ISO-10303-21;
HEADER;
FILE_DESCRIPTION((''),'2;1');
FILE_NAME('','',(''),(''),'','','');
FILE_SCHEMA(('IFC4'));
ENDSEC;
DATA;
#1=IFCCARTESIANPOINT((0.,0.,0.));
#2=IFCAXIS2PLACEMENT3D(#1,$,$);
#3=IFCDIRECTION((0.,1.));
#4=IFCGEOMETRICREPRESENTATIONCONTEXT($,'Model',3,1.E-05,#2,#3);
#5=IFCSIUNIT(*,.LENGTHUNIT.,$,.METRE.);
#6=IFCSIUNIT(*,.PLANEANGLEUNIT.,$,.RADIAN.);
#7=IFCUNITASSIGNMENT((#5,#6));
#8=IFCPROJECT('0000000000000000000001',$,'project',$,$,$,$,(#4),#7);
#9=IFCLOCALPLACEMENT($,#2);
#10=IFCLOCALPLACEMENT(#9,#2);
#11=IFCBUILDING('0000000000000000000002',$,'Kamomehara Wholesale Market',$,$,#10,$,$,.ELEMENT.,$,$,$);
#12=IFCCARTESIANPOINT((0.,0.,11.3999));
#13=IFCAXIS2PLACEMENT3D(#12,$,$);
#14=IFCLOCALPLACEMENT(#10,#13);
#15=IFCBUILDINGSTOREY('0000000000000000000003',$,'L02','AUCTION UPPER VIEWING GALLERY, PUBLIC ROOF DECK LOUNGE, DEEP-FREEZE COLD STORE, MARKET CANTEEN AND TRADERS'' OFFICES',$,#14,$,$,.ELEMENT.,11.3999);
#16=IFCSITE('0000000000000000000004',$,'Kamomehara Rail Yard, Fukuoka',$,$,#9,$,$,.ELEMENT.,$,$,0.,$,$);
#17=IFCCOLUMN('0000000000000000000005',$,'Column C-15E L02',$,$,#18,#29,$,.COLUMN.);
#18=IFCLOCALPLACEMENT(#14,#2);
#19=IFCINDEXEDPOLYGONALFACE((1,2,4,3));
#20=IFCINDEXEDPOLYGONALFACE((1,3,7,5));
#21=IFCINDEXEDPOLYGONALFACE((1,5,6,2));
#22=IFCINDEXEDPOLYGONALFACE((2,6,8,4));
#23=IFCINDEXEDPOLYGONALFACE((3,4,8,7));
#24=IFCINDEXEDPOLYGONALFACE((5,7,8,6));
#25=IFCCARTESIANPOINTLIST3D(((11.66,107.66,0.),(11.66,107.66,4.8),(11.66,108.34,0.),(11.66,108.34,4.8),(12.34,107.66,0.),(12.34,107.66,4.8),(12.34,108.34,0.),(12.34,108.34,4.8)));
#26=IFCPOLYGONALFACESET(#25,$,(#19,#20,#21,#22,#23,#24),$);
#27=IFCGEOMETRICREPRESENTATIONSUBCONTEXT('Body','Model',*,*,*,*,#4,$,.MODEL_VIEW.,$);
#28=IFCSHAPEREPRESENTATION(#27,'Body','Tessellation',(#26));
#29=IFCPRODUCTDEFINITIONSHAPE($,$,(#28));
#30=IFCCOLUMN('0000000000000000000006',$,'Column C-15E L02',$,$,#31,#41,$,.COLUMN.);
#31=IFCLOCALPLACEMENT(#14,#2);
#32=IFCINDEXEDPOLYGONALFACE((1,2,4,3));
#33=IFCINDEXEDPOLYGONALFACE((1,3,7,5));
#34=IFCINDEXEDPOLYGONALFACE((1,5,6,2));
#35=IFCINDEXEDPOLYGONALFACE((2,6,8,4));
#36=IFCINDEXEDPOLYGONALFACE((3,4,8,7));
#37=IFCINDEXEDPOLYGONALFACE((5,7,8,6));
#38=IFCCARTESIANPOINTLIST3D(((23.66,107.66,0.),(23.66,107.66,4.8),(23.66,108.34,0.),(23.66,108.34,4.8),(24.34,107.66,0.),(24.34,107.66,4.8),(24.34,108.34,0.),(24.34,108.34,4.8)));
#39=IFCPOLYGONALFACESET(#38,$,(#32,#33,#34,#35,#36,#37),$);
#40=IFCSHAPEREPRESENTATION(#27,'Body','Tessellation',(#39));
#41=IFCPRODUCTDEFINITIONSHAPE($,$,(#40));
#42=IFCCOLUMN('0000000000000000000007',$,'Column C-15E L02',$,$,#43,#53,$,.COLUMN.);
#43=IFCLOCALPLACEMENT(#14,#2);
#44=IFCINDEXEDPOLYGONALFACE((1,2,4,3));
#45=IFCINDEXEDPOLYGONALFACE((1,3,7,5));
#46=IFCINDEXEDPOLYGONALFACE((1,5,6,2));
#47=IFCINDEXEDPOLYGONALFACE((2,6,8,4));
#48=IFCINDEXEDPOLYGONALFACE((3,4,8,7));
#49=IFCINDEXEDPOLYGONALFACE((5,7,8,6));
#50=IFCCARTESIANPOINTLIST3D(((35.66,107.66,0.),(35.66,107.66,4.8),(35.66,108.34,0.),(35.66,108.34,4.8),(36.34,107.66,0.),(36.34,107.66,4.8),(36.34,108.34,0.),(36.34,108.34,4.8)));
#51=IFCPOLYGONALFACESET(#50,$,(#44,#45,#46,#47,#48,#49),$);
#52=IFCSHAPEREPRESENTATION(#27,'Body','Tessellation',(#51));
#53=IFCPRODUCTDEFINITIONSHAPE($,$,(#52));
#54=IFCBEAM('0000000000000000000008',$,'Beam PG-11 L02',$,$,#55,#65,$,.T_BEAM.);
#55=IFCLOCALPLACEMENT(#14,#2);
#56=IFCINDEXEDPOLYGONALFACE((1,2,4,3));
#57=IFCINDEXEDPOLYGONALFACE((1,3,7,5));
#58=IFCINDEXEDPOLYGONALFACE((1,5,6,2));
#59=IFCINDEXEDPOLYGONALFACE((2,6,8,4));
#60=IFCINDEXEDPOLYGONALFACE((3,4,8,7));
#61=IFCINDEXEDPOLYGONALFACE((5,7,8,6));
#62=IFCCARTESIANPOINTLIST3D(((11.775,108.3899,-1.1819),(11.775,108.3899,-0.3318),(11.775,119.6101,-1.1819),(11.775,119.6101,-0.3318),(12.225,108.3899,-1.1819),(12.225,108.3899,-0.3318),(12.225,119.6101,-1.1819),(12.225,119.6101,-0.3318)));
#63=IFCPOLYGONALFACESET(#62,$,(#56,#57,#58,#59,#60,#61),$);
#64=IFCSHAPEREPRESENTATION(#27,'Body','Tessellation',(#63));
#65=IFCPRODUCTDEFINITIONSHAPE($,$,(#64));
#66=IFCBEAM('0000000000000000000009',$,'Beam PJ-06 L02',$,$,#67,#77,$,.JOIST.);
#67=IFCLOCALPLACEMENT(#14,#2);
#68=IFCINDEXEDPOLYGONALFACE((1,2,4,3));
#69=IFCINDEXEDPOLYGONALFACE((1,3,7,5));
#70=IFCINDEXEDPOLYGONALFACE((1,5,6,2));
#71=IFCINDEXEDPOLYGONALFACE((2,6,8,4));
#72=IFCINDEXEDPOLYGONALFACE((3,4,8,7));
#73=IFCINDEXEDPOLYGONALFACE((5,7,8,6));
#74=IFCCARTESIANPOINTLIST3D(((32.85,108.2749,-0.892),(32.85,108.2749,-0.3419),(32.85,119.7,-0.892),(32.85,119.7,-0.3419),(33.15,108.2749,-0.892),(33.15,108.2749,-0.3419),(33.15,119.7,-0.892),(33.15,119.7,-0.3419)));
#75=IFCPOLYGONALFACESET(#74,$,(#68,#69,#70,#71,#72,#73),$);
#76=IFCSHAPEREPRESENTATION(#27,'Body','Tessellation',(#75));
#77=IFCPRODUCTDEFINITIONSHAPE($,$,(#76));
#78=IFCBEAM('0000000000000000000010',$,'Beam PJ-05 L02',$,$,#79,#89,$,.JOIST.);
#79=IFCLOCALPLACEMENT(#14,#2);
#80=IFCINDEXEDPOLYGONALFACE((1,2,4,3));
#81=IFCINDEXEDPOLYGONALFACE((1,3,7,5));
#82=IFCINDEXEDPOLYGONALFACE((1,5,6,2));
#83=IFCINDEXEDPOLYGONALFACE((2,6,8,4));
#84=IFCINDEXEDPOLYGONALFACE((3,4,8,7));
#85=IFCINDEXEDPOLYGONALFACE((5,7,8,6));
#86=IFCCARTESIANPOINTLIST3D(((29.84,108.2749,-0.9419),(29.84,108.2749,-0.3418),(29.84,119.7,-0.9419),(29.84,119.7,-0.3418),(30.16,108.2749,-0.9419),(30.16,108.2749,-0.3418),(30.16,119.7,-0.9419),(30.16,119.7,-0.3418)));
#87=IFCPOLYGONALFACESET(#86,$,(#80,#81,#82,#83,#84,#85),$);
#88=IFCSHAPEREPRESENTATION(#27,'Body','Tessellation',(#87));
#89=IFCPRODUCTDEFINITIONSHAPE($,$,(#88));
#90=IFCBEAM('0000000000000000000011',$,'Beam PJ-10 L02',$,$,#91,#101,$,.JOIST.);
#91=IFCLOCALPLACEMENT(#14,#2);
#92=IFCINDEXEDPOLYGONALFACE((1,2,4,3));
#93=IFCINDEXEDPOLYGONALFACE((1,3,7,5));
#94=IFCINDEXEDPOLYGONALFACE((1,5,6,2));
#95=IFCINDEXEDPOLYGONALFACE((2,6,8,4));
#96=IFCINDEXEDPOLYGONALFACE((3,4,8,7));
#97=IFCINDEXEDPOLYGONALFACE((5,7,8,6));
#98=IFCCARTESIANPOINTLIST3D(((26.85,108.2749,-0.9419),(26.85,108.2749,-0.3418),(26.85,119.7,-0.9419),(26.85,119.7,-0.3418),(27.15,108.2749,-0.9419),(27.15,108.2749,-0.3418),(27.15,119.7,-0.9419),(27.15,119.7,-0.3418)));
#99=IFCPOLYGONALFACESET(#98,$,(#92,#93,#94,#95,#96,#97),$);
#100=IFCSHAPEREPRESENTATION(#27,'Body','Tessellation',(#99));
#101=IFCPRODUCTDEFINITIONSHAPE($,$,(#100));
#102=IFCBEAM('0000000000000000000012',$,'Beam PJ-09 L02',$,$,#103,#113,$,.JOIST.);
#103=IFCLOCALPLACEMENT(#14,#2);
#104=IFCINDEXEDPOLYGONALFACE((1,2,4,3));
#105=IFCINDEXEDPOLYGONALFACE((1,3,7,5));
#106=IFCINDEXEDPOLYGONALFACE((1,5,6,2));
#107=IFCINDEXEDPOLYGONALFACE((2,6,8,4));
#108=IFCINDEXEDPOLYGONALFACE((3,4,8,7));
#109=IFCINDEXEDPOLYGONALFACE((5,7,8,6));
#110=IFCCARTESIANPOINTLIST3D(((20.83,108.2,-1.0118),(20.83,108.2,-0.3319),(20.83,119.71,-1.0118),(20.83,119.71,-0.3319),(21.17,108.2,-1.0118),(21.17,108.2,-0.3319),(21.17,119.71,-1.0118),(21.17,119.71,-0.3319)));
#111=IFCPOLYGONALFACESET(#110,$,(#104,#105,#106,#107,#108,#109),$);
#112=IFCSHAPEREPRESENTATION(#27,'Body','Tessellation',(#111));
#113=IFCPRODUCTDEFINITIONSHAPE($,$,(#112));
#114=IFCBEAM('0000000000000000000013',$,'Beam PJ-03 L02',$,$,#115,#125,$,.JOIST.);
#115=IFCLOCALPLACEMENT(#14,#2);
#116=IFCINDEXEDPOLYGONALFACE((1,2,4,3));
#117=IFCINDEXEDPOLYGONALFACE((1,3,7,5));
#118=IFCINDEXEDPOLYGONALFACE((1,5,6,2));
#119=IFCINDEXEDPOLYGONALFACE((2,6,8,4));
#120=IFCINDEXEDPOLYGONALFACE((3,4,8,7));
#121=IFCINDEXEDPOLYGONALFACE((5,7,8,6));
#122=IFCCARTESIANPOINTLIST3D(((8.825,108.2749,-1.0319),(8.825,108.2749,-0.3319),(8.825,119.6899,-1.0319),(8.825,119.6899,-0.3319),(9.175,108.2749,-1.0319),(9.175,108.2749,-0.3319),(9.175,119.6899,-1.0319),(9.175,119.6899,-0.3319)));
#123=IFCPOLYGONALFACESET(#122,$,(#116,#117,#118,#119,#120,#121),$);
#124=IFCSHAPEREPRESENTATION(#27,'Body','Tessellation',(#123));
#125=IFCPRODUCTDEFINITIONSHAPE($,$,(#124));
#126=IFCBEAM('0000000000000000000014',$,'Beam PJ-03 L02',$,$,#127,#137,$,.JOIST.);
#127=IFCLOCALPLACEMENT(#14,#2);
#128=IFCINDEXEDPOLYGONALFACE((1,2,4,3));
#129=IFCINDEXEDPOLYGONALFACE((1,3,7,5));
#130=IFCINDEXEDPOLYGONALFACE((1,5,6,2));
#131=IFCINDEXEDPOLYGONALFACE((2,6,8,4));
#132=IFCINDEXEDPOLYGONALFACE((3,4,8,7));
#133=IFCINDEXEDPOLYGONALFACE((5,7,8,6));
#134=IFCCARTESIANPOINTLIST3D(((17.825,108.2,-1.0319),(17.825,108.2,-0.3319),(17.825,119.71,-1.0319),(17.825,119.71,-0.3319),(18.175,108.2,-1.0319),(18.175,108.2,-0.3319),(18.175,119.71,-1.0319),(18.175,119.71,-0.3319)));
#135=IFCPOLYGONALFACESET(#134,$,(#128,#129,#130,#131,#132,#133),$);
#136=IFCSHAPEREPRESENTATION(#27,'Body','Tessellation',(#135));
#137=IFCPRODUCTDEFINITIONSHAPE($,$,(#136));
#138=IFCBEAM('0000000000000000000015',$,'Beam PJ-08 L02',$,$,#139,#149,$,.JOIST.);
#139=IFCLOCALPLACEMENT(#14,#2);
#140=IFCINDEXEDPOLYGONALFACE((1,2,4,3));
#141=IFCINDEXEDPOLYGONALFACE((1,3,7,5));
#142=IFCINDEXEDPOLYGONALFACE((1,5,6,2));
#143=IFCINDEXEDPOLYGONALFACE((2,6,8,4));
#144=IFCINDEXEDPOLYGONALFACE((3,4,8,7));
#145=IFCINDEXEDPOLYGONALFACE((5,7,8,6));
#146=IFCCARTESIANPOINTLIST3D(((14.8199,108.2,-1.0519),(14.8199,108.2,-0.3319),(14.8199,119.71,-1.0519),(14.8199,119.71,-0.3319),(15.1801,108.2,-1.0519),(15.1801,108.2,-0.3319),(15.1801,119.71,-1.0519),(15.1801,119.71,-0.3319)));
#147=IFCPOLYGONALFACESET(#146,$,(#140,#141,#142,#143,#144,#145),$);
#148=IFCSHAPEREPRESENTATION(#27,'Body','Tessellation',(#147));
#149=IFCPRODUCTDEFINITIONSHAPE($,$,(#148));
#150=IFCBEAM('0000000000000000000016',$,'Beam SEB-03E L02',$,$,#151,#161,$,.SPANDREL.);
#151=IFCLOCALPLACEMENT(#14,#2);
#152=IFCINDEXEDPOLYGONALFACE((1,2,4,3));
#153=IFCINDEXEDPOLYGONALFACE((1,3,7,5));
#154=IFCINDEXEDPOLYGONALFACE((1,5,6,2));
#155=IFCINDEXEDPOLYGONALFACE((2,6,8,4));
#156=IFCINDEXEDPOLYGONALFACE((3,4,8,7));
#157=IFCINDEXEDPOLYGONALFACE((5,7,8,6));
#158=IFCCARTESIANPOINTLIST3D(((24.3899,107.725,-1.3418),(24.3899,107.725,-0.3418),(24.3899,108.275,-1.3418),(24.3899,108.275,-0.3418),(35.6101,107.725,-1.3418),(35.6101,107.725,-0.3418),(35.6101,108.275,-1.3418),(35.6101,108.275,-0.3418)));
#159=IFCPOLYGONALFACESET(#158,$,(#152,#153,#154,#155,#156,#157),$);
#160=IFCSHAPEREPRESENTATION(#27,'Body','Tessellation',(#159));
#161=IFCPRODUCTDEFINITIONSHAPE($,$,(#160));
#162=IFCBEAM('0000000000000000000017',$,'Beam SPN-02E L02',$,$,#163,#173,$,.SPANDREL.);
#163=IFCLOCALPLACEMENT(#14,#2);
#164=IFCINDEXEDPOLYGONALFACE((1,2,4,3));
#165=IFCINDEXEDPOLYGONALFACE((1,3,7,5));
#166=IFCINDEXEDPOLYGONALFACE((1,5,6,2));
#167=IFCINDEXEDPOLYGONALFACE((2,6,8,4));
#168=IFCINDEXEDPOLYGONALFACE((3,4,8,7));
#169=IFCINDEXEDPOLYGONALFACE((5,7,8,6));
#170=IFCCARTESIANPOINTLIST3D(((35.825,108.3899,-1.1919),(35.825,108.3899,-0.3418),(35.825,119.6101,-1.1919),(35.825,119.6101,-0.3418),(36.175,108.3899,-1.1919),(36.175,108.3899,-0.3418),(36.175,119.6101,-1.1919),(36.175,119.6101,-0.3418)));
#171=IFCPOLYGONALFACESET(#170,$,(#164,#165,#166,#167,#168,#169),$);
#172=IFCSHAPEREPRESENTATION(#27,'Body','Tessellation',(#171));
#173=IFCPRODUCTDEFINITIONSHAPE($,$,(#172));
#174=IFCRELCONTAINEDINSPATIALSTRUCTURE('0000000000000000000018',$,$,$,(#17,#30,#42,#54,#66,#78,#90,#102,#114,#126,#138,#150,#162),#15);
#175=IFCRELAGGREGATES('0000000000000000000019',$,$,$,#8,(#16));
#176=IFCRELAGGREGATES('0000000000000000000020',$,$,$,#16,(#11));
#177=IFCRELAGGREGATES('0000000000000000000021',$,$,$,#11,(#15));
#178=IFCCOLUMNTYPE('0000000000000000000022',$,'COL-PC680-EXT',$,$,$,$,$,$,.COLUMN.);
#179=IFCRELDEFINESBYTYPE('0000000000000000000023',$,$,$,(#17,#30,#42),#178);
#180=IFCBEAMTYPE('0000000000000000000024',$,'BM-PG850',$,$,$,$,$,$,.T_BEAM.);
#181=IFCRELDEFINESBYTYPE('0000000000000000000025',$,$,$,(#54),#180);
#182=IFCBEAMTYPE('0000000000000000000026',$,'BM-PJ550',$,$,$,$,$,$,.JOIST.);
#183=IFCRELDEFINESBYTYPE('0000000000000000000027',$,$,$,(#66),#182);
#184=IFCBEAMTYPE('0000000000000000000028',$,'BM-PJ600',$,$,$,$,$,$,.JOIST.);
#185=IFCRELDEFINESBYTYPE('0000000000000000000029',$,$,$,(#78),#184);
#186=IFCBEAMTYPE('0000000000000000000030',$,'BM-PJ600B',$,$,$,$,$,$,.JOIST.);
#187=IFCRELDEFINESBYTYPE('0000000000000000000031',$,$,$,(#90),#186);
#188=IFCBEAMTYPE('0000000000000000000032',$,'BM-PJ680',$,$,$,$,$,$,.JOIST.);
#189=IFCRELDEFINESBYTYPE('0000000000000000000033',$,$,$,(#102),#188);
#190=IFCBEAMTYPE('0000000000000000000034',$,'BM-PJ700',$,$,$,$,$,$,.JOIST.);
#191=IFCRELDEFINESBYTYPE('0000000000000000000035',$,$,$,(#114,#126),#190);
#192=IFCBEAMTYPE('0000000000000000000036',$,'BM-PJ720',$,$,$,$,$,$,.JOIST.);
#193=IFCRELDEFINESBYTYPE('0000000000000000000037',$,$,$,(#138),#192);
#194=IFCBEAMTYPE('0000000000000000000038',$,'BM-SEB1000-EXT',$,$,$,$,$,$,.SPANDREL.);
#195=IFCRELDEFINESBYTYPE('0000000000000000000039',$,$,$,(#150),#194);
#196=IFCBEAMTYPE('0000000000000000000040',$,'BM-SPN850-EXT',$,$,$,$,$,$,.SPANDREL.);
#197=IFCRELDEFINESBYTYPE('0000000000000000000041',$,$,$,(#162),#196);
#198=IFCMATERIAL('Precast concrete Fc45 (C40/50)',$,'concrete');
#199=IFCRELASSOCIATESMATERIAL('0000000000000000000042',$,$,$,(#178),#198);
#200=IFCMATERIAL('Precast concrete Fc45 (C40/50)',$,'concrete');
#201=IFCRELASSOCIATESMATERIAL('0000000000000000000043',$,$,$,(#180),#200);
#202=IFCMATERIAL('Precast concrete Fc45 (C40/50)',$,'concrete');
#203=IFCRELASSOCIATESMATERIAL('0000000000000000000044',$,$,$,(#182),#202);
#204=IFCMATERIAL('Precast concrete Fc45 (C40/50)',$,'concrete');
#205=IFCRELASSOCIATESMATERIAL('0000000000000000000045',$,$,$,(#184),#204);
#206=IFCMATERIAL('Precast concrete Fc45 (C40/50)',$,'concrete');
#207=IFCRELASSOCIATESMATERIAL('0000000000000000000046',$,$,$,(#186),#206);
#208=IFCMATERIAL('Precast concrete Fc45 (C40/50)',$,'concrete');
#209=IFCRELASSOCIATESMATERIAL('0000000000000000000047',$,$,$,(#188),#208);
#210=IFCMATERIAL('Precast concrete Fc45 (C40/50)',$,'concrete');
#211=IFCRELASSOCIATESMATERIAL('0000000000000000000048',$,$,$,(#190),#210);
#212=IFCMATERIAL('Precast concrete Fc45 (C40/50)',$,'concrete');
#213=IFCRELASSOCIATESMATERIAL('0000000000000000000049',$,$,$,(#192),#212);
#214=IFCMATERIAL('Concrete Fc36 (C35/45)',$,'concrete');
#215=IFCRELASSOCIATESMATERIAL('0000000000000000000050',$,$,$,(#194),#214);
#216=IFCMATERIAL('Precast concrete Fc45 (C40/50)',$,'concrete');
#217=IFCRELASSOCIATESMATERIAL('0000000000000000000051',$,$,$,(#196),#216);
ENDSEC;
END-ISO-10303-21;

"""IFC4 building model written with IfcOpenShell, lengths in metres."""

from ifc_helpers import new_model, si_unit, direction, frame, origin, origin_2d, place, context, subcontext, project, spatial, rectangle, extrude, material, material_profile, profile_set, type_object, element, save


model = new_model("IFC4")

# Units and contexts
model_context = context("Model", 3, precision=1e-05, world=origin(), true_north=direction((0.0, 1.0)))
body_context = subcontext(model_context, "Body", "Model", "MODEL_VIEW")
ifc_project = project(units=[si_unit("LENGTHUNIT", "METRE"), si_unit("PLANEANGLEUNIT", "RADIAN")], contexts=[model_context])

# Site, building, storey
site_placement = place(None, origin())
site = spatial("IfcSite", under=ifc_project, at=site_placement, Name="Kamomehara Rail Yard, Fukuoka", CompositionType="ELEMENT", RefElevation=0.0)
building_placement = place(site_placement, origin())
building = spatial("IfcBuilding", under=site, at=building_placement, Name="Kamomehara Wholesale Market", CompositionType="ELEMENT")
storey_placement = place(building_placement, frame((0.0, 0.0, 11.3999)))
storey = spatial("IfcBuildingStorey", under=building, at=storey_placement, Name="L02", Description="AUCTION UPPER VIEWING GALLERY, PUBLIC ROOF DECK LOUNGE, DEEP-FREEZE COLD STORE, MARKET CANTEEN AND TRADERS' OFFICES", CompositionType="ELEMENT", Elevation=11.3999)

# Columns
ifc_material_1 = material(Name="Precast concrete Fc45 (C40/50)", Category="concrete")
ifc_material_profile_1 = material_profile(ifc_material_1, rectangle(XDim=0.6799, YDim=0.6799, at=origin_2d()), Name="PC-COL-680x680")
ifc_profile_set_1 = profile_set([ifc_material_profile_1], Name="Precast concrete Fc45 (C40/50)")
column_type = type_object("IfcColumnType", Name="COL-PC680-EXT", PredefinedType="COLUMN", material=ifc_profile_set_1)
for number, where, z_axis, x_axis, name in (
    (1, (12.0, 108.0, 0.0), (0.0, 0.0, 1.0), (1.0, 0.0, 0.0), "Column C-15E L02"),
    (2, (24.0, 108.0, 0.0), (0.0, 0.0, 1.0), (1.0, 0.0, 0.0), "Column C-15E L02"),
    (3, (36.0, 108.0, 0.0), (0.0, 0.0, 1.0), (1.0, 0.0, 0.0), "Column C-15E L02"),
):
    element("IfcColumn", number, at=place(storey_placement, frame(where, z_axis=z_axis, x_axis=x_axis)), inside=storey, type_object=column_type, Name=name, PredefinedType="COLUMN", context=body_context, shape_type="SweptSolid", body=[
        extrude(rectangle(XDim=0.6799, YDim=0.6799, at=origin_2d()), origin(), (0.0, 0.0, 1.0), 4.8),
    ])

# Beams
ifc_material_2 = material(Name="Precast concrete Fc45 (C40/50)", Category="concrete")
ifc_material_profile_2 = material_profile(ifc_material_2, rectangle(XDim=0.45, YDim=0.8501, at=origin_2d()), Name="PC-GRD-450x850")
ifc_profile_set_2 = profile_set([ifc_material_profile_2], Name="Precast concrete Fc45 (C40/50)")
beam_type_1 = type_object("IfcBeamType", Name="BM-PG850", PredefinedType="T_BEAM", material=ifc_profile_set_2)
beam_1_placement = place(storey_placement, frame((12.0, 108.3899, -0.7568), z_axis=(0.0, 1.0, 0.0), x_axis=(-1.0, 0.0, 0.0)))
element("IfcBeam", 4, at=beam_1_placement, inside=storey, type_object=beam_type_1, Name="Beam PG-11 L02", PredefinedType="T_BEAM", context=body_context, shape_type="SweptSolid", body=[
    extrude(rectangle(XDim=0.45, YDim=0.8501, at=origin_2d()), origin(), (0.0, 0.0, 1.0), 11.2202),
])
ifc_material_3 = material(Name="Precast concrete Fc45 (C40/50)", Category="concrete")
ifc_material_profile_3 = material_profile(ifc_material_3, rectangle(XDim=0.3, YDim=0.55, at=origin_2d()), Name="PC-JST-300x550")
ifc_profile_set_3 = profile_set([ifc_material_profile_3], Name="Precast concrete Fc45 (C40/50)")
beam_type_2 = type_object("IfcBeamType", Name="BM-PJ550", PredefinedType="JOIST", material=ifc_profile_set_3)
beam_2_placement = place(storey_placement, frame((33.0, 108.2749, -0.6169), z_axis=(0.0, 1.0, 0.0), x_axis=(-1.0, 0.0, 0.0)))
element("IfcBeam", 5, at=beam_2_placement, inside=storey, type_object=beam_type_2, Name="Beam PJ-06 L02", PredefinedType="JOIST", context=body_context, shape_type="SweptSolid", body=[
    extrude(rectangle(XDim=0.3, YDim=0.55, at=origin_2d()), origin(), (0.0, 0.0, 1.0), 11.425),
])
ifc_material_4 = material(Name="Precast concrete Fc45 (C40/50)", Category="concrete")
ifc_material_profile_4 = material_profile(ifc_material_4, rectangle(XDim=0.3201, YDim=0.6001, at=origin_2d()), Name="PC-JST-320x600")
ifc_profile_set_4 = profile_set([ifc_material_profile_4], Name="Precast concrete Fc45 (C40/50)")
beam_type_3 = type_object("IfcBeamType", Name="BM-PJ600", PredefinedType="JOIST", material=ifc_profile_set_4)
beam_3_placement = place(storey_placement, frame((30.0, 108.2749, -0.6418), z_axis=(0.0, 1.0, 0.0), x_axis=(-1.0, 0.0, 0.0)))
element("IfcBeam", 6, at=beam_3_placement, inside=storey, type_object=beam_type_3, Name="Beam PJ-05 L02", PredefinedType="JOIST", context=body_context, shape_type="SweptSolid", body=[
    extrude(rectangle(XDim=0.3201, YDim=0.6001, at=origin_2d()), origin(), (0.0, 0.0, 1.0), 11.425),
])
ifc_material_5 = material(Name="Precast concrete Fc45 (C40/50)", Category="concrete")
ifc_material_profile_5 = material_profile(ifc_material_5, rectangle(XDim=0.3, YDim=0.6001, at=origin_2d()), Name="PC-JST-300x600")
ifc_profile_set_5 = profile_set([ifc_material_profile_5], Name="Precast concrete Fc45 (C40/50)")
beam_type_4 = type_object("IfcBeamType", Name="BM-PJ600B", PredefinedType="JOIST", material=ifc_profile_set_5)
beam_4_placement = place(storey_placement, frame((27.0, 108.2749, -0.6418), z_axis=(0.0, 1.0, 0.0), x_axis=(-1.0, 0.0, 0.0)))
element("IfcBeam", 7, at=beam_4_placement, inside=storey, type_object=beam_type_4, Name="Beam PJ-10 L02", PredefinedType="JOIST", context=body_context, shape_type="SweptSolid", body=[
    extrude(rectangle(XDim=0.3, YDim=0.6001, at=origin_2d()), origin(), (0.0, 0.0, 1.0), 11.425),
])
ifc_material_6 = material(Name="Precast concrete Fc45 (C40/50)", Category="concrete")
ifc_material_profile_6 = material_profile(ifc_material_6, rectangle(XDim=0.3401, YDim=0.6799, at=origin_2d()), Name="PC-JST-340x680")
ifc_profile_set_6 = profile_set([ifc_material_profile_6], Name="Precast concrete Fc45 (C40/50)")
beam_type_5 = type_object("IfcBeamType", Name="BM-PJ680", PredefinedType="JOIST", material=ifc_profile_set_6)
beam_5_placement = place(storey_placement, frame((21.0, 108.2, -0.6719), z_axis=(0.0, 1.0, 0.0), x_axis=(-1.0, 0.0, 0.0)))
element("IfcBeam", 8, at=beam_5_placement, inside=storey, type_object=beam_type_5, Name="Beam PJ-09 L02", PredefinedType="JOIST", context=body_context, shape_type="SweptSolid", body=[
    extrude(rectangle(XDim=0.3401, YDim=0.6799, at=origin_2d()), origin(), (0.0, 0.0, 1.0), 11.51),
])
ifc_material_7 = material(Name="Precast concrete Fc45 (C40/50)", Category="concrete")
ifc_material_profile_7 = material_profile(ifc_material_7, rectangle(XDim=0.3501, YDim=0.7, at=origin_2d()), Name="PC-JST-350x700")
ifc_profile_set_7 = profile_set([ifc_material_profile_7], Name="Precast concrete Fc45 (C40/50)")
beam_type_6 = type_object("IfcBeamType", Name="BM-PJ700", PredefinedType="JOIST", material=ifc_profile_set_7)
beam_6_placement = place(storey_placement, frame((9.0, 108.2749, -0.6819), z_axis=(0.0, 1.0, 0.0), x_axis=(-1.0, 0.0, 0.0)))
element("IfcBeam", 9, at=beam_6_placement, inside=storey, type_object=beam_type_6, Name="Beam PJ-03 L02", PredefinedType="JOIST", context=body_context, shape_type="SweptSolid", body=[
    extrude(rectangle(XDim=0.3501, YDim=0.7, at=origin_2d()), origin(), (0.0, 0.0, 1.0), 11.415),
])
beam_7_placement = place(storey_placement, frame((18.0, 108.2, -0.6819), z_axis=(0.0, 1.0, 0.0), x_axis=(-1.0, 0.0, 0.0)))
element("IfcBeam", 10, at=beam_7_placement, inside=storey, type_object=beam_type_6, Name="Beam PJ-03 L02", PredefinedType="JOIST", context=body_context, shape_type="SweptSolid", body=[
    extrude(rectangle(XDim=0.3501, YDim=0.7, at=origin_2d()), origin(), (0.0, 0.0, 1.0), 11.51),
])
ifc_material_8 = material(Name="Precast concrete Fc45 (C40/50)", Category="concrete")
ifc_material_profile_8 = material_profile(ifc_material_8, rectangle(XDim=0.3601, YDim=0.72, at=origin_2d()), Name="PC-JST-360x720")
ifc_profile_set_8 = profile_set([ifc_material_profile_8], Name="Precast concrete Fc45 (C40/50)")
beam_type_7 = type_object("IfcBeamType", Name="BM-PJ720", PredefinedType="JOIST", material=ifc_profile_set_8)
beam_8_placement = place(storey_placement, frame((15.0, 108.2, -0.6919), z_axis=(0.0, 1.0, 0.0), x_axis=(-1.0, 0.0, 0.0)))
element("IfcBeam", 11, at=beam_8_placement, inside=storey, type_object=beam_type_7, Name="Beam PJ-08 L02", PredefinedType="JOIST", context=body_context, shape_type="SweptSolid", body=[
    extrude(rectangle(XDim=0.3601, YDim=0.72, at=origin_2d()), origin(), (0.0, 0.0, 1.0), 11.51),
])
ifc_material_9 = material(Name="Concrete Fc36 (C35/45)", Category="concrete")
ifc_material_profile_9 = material_profile(ifc_material_9, rectangle(XDim=0.55, YDim=1.0, at=origin_2d()), Name="RC-SEB-550x1000")
ifc_profile_set_9 = profile_set([ifc_material_profile_9], Name="Concrete Fc36 (C35/45)")
beam_type_8 = type_object("IfcBeamType", Name="BM-SEB1000-EXT", PredefinedType="SPANDREL", material=ifc_profile_set_9)
beam_9_placement = place(storey_placement, frame((24.3899, 108.0, -0.8418), z_axis=(1.0, 0.0, 0.0), x_axis=(0.0, 1.0, 0.0)))
element("IfcBeam", 12, at=beam_9_placement, inside=storey, type_object=beam_type_8, Name="Beam SEB-03E L02", PredefinedType="SPANDREL", context=body_context, shape_type="SweptSolid", body=[
    extrude(rectangle(XDim=0.55, YDim=1.0, at=origin_2d()), origin(), (0.0, 0.0, 1.0), 11.2202),
])
ifc_material_10 = material(Name="Precast concrete Fc45 (C40/50)", Category="concrete")
ifc_material_profile_10 = material_profile(ifc_material_10, rectangle(XDim=0.3501, YDim=0.8501, at=origin_2d()), Name="PC-SPN-350x850")
ifc_profile_set_10 = profile_set([ifc_material_profile_10], Name="Precast concrete Fc45 (C40/50)")
beam_type_9 = type_object("IfcBeamType", Name="BM-SPN850-EXT", PredefinedType="SPANDREL", material=ifc_profile_set_10)
beam_10_placement = place(storey_placement, frame((36.0, 108.3899, -0.7668), z_axis=(0.0, 1.0, 0.0), x_axis=(-1.0, 0.0, 0.0)))
element("IfcBeam", 13, at=beam_10_placement, inside=storey, type_object=beam_type_9, Name="Beam SPN-02E L02", PredefinedType="SPANDREL", context=body_context, shape_type="SweptSolid", body=[
    extrude(rectangle(XDim=0.3501, YDim=0.8501, at=origin_2d()), origin(), (0.0, 0.0, 1.0), 11.2202),
])

save(model, "model.ifc")
